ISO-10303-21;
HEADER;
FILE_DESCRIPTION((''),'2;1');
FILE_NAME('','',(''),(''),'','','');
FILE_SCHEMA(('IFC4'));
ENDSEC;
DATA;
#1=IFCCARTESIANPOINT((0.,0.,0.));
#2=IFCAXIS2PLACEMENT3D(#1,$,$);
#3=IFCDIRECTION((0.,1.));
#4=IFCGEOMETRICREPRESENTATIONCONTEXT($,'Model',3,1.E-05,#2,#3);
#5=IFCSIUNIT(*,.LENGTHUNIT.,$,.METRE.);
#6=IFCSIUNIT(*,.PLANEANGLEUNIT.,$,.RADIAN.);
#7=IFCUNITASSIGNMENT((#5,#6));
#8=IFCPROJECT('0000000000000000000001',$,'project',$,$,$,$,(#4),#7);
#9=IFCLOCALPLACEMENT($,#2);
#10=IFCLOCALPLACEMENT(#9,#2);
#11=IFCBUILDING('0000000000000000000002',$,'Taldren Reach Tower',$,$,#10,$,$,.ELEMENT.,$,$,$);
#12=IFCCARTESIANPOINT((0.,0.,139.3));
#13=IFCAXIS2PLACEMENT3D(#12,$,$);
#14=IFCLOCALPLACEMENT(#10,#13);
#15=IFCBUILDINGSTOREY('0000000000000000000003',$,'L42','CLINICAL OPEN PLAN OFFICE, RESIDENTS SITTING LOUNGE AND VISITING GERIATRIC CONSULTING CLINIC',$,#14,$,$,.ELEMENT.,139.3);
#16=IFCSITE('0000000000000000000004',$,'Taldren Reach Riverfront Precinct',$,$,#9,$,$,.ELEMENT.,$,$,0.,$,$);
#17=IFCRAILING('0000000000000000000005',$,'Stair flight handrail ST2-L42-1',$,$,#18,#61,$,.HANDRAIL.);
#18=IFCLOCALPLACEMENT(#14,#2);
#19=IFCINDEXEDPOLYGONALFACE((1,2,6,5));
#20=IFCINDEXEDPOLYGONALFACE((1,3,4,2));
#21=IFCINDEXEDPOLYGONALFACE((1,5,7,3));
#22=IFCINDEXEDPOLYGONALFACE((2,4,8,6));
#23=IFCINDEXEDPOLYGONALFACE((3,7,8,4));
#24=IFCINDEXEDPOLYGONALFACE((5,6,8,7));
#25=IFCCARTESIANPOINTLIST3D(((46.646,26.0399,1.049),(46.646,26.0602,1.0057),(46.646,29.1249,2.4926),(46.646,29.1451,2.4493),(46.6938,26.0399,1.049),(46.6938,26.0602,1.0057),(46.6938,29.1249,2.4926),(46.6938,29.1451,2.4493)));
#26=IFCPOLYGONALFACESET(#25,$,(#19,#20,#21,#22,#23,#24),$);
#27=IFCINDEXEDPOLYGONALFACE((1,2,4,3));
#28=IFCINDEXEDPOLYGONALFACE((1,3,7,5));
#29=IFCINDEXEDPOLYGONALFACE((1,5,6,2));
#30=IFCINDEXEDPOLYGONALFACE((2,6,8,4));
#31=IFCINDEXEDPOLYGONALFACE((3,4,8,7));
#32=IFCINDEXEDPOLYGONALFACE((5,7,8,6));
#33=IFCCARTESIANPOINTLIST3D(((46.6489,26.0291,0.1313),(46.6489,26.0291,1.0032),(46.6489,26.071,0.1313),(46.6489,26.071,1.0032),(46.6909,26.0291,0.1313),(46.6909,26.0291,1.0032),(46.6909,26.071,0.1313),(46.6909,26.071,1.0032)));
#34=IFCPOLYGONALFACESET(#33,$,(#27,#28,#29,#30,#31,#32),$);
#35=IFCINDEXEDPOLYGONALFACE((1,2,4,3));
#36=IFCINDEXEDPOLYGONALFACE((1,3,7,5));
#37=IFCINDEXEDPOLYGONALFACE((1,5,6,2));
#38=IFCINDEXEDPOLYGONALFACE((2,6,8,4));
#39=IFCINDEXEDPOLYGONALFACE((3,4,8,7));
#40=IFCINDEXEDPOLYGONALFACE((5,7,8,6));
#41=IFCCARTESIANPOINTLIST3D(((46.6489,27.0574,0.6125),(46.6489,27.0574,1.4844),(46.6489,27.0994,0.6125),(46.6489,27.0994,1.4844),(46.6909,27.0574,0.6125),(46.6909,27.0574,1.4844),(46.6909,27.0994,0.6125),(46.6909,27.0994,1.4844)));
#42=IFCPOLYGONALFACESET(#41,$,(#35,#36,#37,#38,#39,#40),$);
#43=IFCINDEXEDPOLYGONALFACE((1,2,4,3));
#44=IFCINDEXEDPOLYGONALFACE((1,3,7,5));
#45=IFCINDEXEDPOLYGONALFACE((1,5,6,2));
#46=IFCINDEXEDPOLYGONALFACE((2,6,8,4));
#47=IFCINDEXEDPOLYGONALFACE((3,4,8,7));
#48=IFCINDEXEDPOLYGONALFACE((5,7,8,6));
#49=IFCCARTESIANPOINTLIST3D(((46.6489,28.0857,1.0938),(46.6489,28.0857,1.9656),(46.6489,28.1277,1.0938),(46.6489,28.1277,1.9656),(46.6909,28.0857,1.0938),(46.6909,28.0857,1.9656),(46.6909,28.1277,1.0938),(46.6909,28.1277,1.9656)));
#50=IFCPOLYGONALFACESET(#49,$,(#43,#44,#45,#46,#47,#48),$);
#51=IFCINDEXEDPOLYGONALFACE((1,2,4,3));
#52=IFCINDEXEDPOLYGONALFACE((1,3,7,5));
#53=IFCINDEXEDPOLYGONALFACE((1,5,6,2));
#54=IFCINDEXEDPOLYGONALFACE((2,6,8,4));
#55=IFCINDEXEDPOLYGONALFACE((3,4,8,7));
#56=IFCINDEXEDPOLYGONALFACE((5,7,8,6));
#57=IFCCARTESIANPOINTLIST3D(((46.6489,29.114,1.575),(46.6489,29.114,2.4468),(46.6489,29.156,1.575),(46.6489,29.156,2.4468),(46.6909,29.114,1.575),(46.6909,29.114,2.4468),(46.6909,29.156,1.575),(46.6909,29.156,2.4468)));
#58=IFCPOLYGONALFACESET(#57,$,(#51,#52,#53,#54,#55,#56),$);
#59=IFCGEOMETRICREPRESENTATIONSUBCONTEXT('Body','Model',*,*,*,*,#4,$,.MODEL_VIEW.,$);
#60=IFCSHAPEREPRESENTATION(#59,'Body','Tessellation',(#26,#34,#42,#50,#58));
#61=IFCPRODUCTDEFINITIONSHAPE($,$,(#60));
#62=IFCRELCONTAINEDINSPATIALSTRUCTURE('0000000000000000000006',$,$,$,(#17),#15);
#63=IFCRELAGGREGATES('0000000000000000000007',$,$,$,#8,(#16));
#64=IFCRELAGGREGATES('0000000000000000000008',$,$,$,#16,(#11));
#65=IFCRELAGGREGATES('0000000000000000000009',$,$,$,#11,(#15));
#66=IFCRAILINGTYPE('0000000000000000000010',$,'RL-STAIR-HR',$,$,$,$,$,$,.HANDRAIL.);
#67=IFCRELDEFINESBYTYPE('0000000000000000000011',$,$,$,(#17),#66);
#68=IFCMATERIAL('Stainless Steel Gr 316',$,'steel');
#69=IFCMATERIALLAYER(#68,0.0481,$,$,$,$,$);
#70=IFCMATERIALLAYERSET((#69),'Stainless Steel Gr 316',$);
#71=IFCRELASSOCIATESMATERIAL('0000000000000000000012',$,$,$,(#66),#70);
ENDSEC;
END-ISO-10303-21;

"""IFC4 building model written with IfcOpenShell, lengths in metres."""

from ifc_helpers import new_model, si_unit, direction, frame, origin, origin_2d, place, context, subcontext, project, spatial, rectangle, extrude, material, layer, layer_set, type_object, element, save


model = new_model("IFC4")

# Units and contexts
model_context = context("Model", 3, precision=1e-05, world=origin(), true_north=direction((0.0, 1.0)))
body_context = subcontext(model_context, "Body", "Model", "MODEL_VIEW")
ifc_project = project(units=[si_unit("LENGTHUNIT", "METRE"), si_unit("PLANEANGLEUNIT", "RADIAN")], contexts=[model_context])

# Site, building, storey
site_placement = place(None, origin())
site = spatial("IfcSite", under=ifc_project, at=site_placement, Name="Taldren Reach Riverfront Precinct", CompositionType="ELEMENT", RefElevation=0.0)
building_placement = place(site_placement, origin())
building = spatial("IfcBuilding", under=site, at=building_placement, Name="Taldren Reach Tower", CompositionType="ELEMENT")
storey_placement = place(building_placement, frame((0.0, 0.0, 139.3)))
storey = spatial("IfcBuildingStorey", under=building, at=storey_placement, Name="L42", Description="CLINICAL OPEN PLAN OFFICE, RESIDENTS SITTING LOUNGE AND VISITING GERIATRIC CONSULTING CLINIC", CompositionType="ELEMENT", Elevation=139.3)

# Railing
ifc_material_1 = material(Name="Stainless Steel Gr 316", Category="steel")
ifc_layer_1 = layer(ifc_material_1, 0.0481)
ifc_layer_set_1 = layer_set([ifc_layer_1], Name="Stainless Steel Gr 316")
railing_type_1 = type_object("IfcRailingType", Name="RL-STAIR-HR", PredefinedType="HANDRAIL", material=ifc_layer_set_1)
railing_1_placement = place(storey_placement, frame((46.6699, 26.05, 0.1313)))
element("IfcRailing", 1, at=railing_1_placement, inside=storey, type_object=railing_type_1, Name="Stair flight handrail ST2-L42-1", PredefinedType="HANDRAIL", context=body_context, shape_type="SweptSolid", body=[
    extrude(rectangle(XDim=0.0479, YDim=0.0479, at=origin_2d()), frame((0.0, 0.0, 0.896), z_axis=(0.0, 0.905738, 0.423839), x_axis=(-1.0, 0.0, 0.0)), (0.0, 0.0, 1.0), 3.406),
    extrude(rectangle(XDim=0.042, YDim=0.042, at=origin_2d()), origin(), (0.0, 0.0, 1.0), 0.8718),
    extrude(rectangle(XDim=0.042, YDim=0.042, at=origin_2d()), frame((0.0, 1.0283, 0.4812)), (0.0, 0.0, 1.0), 0.8718),
    extrude(rectangle(XDim=0.042, YDim=0.042, at=origin_2d()), frame((0.0, 2.0566, 0.9624)), (0.0, 0.0, 1.0), 0.8718),
    extrude(rectangle(XDim=0.042, YDim=0.042, at=origin_2d()), frame((0.0, 3.085, 1.4436)), (0.0, 0.0, 1.0), 0.8718),
])

save(model, "model.ifc")
